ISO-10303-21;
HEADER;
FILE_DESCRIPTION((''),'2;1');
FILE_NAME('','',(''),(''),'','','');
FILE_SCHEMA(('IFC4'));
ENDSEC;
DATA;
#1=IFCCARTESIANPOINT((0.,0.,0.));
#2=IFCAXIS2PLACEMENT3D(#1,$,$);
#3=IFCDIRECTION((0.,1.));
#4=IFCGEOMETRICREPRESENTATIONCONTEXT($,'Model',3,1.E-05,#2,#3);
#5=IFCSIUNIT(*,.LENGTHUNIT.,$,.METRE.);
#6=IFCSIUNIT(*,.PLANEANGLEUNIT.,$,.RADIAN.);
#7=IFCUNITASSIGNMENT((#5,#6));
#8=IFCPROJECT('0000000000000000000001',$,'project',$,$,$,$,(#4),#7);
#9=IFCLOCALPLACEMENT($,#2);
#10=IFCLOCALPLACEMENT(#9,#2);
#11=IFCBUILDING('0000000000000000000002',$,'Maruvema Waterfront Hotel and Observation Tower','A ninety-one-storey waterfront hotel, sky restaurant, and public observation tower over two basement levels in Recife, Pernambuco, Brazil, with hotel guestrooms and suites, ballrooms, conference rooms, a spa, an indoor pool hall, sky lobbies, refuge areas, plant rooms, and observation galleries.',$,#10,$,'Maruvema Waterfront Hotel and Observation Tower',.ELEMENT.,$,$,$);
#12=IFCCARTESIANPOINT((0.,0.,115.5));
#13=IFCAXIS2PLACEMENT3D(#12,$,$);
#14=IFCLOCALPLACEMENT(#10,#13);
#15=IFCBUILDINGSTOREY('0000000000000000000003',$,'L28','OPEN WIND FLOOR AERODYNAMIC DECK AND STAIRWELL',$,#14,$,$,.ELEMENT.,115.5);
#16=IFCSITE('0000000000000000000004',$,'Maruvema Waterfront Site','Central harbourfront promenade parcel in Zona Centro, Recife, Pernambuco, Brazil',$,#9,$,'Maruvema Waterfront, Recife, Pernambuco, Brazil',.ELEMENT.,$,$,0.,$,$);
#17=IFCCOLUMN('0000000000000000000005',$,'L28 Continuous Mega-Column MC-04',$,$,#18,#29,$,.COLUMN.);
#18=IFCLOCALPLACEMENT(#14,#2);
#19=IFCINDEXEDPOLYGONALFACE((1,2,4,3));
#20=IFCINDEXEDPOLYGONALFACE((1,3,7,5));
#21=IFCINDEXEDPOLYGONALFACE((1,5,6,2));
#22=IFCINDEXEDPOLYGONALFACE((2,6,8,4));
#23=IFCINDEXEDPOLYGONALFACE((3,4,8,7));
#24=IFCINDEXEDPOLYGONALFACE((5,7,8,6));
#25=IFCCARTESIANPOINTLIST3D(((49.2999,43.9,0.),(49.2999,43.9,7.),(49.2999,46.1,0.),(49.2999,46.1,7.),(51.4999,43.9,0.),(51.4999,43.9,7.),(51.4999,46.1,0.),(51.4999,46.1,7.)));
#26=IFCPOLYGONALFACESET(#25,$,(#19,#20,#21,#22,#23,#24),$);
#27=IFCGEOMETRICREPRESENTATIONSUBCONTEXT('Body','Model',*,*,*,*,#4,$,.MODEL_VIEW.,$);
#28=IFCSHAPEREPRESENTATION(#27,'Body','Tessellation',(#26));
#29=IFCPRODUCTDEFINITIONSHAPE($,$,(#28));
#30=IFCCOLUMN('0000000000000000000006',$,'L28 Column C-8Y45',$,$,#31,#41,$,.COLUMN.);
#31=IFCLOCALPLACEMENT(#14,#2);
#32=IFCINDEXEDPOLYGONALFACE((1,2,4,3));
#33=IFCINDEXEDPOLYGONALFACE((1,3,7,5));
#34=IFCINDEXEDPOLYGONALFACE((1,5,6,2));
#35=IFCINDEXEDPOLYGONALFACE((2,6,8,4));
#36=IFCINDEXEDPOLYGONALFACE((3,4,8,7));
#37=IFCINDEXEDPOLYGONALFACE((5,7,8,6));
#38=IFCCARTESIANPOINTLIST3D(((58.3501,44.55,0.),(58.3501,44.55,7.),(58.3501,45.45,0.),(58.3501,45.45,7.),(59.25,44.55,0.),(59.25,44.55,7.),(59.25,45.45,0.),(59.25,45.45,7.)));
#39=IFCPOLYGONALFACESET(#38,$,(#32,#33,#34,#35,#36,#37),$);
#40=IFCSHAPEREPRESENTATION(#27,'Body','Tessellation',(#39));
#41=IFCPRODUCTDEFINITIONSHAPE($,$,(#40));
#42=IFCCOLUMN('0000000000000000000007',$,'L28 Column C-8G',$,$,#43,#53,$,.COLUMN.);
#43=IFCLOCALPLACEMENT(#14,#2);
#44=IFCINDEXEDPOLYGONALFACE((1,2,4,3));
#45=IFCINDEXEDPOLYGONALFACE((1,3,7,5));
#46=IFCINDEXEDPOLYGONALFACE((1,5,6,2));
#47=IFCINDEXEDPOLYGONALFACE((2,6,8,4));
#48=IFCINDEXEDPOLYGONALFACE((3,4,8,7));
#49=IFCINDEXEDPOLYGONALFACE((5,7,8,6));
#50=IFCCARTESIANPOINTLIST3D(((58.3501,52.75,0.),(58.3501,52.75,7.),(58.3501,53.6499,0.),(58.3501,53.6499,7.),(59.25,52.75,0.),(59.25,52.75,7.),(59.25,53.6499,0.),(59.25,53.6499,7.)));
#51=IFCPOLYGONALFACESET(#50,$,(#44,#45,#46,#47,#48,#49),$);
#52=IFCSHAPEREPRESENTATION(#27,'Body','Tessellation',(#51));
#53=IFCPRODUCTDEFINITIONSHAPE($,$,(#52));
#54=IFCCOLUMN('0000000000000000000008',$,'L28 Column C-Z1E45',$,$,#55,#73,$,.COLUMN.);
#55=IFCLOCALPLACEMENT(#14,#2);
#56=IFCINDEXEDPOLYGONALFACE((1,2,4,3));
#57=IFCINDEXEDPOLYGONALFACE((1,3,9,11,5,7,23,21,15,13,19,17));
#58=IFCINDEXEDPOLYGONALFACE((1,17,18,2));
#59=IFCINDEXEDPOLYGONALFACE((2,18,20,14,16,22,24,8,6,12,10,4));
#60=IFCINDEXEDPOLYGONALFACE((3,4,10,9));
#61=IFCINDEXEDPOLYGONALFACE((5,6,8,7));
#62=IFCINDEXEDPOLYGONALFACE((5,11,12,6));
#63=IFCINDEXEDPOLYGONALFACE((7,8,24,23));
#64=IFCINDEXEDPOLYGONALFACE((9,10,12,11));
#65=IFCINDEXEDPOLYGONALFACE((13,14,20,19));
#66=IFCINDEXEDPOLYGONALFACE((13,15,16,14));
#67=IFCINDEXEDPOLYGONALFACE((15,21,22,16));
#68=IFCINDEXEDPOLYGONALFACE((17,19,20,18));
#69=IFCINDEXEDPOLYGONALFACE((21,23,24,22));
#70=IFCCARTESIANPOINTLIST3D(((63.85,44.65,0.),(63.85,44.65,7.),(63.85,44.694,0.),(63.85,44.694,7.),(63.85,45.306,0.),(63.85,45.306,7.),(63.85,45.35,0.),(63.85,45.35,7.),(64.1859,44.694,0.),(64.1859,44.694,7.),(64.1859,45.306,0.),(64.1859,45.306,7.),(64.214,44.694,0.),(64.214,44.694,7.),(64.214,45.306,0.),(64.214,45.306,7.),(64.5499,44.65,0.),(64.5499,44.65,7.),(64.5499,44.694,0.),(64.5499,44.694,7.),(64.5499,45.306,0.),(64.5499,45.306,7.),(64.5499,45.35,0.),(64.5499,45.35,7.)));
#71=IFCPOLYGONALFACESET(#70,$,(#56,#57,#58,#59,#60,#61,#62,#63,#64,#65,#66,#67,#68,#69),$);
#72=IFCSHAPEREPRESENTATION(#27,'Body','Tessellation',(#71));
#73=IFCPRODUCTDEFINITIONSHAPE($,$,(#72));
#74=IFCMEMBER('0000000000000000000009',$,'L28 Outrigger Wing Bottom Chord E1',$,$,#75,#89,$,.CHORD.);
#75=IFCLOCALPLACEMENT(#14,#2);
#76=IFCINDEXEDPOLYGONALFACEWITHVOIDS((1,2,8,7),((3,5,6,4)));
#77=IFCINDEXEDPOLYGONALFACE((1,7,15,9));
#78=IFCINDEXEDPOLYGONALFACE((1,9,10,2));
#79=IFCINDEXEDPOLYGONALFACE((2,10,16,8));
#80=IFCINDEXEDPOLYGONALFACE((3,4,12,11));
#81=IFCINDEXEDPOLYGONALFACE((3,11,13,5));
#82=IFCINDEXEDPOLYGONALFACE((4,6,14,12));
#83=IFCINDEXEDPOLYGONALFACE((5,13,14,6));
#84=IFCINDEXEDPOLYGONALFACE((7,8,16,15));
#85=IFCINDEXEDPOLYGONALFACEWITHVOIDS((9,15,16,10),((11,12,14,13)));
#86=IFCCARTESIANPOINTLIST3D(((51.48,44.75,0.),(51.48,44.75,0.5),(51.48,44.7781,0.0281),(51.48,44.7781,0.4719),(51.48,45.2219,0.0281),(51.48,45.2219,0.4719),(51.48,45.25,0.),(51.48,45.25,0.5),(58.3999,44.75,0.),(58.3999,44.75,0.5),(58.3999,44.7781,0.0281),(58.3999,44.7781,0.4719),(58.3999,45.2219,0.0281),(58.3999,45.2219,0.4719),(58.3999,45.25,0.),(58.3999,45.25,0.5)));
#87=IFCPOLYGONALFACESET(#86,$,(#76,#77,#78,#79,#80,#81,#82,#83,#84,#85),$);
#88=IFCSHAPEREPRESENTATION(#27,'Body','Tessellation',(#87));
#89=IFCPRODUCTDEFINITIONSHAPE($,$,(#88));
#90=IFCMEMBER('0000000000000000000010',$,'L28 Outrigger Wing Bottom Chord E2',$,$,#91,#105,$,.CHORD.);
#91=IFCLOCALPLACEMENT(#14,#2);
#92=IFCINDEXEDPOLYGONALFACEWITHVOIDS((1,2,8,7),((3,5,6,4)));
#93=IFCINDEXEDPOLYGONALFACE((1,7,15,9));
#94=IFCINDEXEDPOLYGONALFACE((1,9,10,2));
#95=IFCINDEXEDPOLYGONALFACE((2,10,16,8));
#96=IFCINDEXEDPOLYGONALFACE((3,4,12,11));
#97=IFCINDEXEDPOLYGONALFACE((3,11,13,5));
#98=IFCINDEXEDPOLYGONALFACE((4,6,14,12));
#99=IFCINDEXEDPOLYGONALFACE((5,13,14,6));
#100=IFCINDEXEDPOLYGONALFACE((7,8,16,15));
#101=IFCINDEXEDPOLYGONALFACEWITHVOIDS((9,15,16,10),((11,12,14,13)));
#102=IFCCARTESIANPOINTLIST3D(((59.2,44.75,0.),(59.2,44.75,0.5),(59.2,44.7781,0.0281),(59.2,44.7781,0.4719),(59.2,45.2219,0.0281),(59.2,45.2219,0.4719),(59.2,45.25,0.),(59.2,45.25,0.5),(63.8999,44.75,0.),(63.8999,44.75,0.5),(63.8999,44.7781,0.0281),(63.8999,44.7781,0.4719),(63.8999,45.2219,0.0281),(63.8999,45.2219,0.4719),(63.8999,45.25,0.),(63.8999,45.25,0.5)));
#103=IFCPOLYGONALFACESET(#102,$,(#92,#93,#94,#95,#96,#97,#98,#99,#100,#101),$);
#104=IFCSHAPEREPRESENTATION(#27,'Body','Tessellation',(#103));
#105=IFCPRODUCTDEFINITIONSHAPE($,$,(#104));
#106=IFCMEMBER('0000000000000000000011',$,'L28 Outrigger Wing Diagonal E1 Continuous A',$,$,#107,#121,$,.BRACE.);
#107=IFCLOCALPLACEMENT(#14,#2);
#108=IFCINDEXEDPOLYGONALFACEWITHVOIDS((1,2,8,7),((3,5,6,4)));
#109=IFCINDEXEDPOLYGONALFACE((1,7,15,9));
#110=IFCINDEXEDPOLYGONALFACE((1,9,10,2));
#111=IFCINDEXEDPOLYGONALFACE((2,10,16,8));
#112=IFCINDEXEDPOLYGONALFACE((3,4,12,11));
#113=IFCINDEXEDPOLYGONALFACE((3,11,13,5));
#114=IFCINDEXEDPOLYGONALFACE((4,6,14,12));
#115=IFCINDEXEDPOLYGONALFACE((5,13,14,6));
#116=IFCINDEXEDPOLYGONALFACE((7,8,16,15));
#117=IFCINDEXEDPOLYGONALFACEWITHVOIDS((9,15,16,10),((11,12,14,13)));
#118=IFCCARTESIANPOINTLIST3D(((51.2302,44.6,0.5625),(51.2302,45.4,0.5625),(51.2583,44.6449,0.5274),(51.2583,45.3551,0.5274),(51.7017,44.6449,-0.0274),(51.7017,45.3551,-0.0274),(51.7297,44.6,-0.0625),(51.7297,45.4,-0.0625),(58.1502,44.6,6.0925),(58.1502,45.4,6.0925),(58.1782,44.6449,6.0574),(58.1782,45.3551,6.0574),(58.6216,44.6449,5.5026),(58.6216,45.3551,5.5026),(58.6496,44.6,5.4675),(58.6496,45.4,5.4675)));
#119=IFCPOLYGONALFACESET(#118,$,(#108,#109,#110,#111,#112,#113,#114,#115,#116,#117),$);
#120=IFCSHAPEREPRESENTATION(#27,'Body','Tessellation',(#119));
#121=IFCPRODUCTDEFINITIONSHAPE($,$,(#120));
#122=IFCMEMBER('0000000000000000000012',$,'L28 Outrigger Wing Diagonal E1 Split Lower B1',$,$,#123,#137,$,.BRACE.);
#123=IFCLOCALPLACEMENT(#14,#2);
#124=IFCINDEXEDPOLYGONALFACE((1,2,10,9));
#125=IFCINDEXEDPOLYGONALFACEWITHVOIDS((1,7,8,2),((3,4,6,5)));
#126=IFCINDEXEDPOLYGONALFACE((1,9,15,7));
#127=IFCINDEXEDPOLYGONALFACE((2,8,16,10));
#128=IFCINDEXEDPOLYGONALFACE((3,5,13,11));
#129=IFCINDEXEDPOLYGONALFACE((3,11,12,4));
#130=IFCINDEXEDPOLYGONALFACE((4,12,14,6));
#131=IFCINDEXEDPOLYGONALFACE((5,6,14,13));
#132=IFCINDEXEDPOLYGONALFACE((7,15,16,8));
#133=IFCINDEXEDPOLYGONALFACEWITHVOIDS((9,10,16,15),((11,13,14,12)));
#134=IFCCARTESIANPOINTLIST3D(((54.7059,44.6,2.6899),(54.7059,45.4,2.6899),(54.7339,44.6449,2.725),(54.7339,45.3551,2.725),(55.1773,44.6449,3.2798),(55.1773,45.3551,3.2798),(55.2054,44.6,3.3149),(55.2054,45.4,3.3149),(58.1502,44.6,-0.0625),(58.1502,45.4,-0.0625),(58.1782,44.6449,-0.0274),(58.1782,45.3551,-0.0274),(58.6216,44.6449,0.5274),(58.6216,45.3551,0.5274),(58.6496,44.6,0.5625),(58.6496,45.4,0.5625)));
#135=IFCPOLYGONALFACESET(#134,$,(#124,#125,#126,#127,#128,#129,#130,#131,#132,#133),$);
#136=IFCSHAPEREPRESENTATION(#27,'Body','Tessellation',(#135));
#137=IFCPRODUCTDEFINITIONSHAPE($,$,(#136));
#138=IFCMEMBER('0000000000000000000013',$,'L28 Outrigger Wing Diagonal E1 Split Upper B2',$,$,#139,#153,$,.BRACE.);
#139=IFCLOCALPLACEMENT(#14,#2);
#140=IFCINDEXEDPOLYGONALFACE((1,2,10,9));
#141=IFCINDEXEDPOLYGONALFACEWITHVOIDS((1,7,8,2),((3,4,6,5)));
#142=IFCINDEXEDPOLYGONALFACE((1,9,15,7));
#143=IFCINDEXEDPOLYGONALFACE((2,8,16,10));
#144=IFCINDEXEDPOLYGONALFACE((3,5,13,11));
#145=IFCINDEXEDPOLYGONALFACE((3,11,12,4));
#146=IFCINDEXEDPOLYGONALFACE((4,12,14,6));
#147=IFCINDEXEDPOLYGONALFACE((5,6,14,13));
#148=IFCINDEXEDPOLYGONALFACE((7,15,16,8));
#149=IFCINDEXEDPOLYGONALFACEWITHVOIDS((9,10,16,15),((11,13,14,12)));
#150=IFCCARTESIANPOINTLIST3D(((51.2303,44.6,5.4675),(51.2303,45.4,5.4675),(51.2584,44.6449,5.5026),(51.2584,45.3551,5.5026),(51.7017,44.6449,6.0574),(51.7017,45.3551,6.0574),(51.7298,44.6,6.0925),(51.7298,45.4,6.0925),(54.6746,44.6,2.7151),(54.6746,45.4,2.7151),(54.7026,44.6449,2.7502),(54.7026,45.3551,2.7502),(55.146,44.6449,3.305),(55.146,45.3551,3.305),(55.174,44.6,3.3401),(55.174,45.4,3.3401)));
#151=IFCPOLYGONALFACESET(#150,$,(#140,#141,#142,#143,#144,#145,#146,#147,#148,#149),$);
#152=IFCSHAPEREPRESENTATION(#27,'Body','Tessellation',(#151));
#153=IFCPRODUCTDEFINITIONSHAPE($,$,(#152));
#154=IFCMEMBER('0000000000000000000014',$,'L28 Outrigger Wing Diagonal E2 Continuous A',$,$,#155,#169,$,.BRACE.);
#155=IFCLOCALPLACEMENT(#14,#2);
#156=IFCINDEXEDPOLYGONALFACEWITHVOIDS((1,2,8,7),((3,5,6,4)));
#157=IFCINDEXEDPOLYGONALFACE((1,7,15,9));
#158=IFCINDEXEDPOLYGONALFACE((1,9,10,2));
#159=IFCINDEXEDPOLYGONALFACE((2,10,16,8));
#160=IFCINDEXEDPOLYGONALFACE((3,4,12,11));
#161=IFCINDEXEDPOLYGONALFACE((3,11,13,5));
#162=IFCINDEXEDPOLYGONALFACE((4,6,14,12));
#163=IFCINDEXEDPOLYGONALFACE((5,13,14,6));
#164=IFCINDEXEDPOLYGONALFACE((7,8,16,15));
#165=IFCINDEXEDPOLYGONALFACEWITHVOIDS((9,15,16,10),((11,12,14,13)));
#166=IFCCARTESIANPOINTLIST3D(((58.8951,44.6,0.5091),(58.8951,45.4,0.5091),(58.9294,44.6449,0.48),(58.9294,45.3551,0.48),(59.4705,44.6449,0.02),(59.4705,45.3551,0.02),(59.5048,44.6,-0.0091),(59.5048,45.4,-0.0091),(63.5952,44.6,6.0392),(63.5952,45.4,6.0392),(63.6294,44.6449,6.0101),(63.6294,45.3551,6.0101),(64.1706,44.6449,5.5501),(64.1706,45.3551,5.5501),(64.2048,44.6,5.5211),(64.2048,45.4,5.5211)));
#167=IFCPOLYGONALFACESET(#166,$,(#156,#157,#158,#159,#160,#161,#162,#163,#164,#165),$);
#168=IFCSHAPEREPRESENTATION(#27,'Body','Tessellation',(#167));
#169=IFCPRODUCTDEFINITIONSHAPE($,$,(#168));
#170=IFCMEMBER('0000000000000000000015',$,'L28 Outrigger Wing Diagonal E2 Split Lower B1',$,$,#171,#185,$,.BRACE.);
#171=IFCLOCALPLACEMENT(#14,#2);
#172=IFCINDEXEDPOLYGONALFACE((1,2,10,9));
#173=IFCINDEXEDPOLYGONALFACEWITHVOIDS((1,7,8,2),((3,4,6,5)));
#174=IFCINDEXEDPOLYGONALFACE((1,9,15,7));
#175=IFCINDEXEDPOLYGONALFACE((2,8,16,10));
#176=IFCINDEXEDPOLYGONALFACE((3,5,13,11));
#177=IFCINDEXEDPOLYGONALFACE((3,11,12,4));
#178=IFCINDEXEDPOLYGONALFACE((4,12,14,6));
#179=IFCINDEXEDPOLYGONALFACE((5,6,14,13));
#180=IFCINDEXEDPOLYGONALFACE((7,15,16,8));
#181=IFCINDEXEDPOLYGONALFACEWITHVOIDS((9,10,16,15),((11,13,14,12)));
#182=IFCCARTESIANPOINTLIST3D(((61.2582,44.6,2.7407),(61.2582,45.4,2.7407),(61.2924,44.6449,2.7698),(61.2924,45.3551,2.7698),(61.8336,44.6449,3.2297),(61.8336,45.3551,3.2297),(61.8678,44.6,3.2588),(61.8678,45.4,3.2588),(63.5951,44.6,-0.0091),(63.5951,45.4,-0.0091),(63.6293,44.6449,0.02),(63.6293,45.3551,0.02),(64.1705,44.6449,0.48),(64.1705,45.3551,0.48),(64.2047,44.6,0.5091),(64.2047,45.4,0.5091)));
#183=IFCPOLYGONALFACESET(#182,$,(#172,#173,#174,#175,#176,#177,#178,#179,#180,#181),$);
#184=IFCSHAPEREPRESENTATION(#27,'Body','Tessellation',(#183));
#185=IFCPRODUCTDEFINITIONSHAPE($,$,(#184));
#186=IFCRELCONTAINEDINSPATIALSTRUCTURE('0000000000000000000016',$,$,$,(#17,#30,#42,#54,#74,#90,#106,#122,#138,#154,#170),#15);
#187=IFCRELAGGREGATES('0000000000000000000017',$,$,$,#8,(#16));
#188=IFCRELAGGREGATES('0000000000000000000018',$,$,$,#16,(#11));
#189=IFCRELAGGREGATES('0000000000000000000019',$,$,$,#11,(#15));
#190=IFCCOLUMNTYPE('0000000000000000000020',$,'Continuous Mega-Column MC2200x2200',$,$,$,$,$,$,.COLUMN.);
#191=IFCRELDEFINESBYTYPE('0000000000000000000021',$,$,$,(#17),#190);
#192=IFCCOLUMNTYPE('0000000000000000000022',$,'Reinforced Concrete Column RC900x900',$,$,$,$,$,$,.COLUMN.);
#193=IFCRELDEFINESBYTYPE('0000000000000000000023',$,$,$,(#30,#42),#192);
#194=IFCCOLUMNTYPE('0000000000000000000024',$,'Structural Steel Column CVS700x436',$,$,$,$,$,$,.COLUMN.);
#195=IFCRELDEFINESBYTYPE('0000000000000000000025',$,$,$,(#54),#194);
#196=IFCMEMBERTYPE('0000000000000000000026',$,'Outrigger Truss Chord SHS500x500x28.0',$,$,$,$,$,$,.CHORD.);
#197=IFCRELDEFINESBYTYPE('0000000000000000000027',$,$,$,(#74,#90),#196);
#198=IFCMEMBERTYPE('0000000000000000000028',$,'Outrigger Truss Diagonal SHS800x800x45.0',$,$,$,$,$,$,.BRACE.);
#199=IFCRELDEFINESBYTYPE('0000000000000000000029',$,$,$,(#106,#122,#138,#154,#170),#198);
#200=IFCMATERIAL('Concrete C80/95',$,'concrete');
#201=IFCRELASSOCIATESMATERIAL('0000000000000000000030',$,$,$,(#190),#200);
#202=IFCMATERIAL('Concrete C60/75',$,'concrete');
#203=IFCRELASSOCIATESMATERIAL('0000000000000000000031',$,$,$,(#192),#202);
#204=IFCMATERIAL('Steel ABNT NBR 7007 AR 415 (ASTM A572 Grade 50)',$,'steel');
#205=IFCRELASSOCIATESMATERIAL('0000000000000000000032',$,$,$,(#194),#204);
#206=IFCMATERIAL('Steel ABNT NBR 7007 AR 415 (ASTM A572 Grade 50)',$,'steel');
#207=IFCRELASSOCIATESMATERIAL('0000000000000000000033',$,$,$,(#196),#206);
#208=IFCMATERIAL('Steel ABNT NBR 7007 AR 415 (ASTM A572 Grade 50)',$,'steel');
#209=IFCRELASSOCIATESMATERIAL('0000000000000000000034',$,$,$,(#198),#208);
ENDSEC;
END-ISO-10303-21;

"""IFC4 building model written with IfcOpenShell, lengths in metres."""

from ifc_helpers import new_model, si_unit, direction, frame, origin, origin_2d, place, context, subcontext, project, spatial, rectangle, hollow_rectangle, i_section, extrude, material, material_profile, profile_set, type_object, element, save


model = new_model("IFC4")

# Units and contexts
model_context = context("Model", 3, precision=1e-05, world=origin(), true_north=direction((0.0, 1.0)))
body_context = subcontext(model_context, "Body", "Model", "MODEL_VIEW")
ifc_project = project(units=[si_unit("LENGTHUNIT", "METRE"), si_unit("PLANEANGLEUNIT", "RADIAN")], contexts=[model_context])

# Site, building, storey
site_placement = place(None, origin())
site = spatial("IfcSite", under=ifc_project, at=site_placement, Name="Maruvema Waterfront Site", Description="Central harbourfront promenade parcel in Zona Centro, Recife, Pernambuco, Brazil", LongName="Maruvema Waterfront, Recife, Pernambuco, Brazil", CompositionType="ELEMENT", RefElevation=0.0)
building_placement = place(site_placement, origin())
building = spatial("IfcBuilding", under=site, at=building_placement, Name="Maruvema Waterfront Hotel and Observation Tower", Description="A ninety-one-storey waterfront hotel, sky restaurant, and public observation tower over two basement levels in Recife, Pernambuco, Brazil, with hotel guestrooms and suites, ballrooms, conference rooms, a spa, an indoor pool hall, sky lobbies, refuge areas, plant rooms, and observation galleries.", LongName="Maruvema Waterfront Hotel and Observation Tower", CompositionType="ELEMENT")
storey_placement = place(building_placement, frame((0.0, 0.0, 115.5)))
storey = spatial("IfcBuildingStorey", under=building, at=storey_placement, Name="L28", Description="OPEN WIND FLOOR AERODYNAMIC DECK AND STAIRWELL", CompositionType="ELEMENT", Elevation=115.5)

# Columns
ifc_material_1 = material(Name="Concrete C80/95", Category="concrete")
ifc_material_profile_1 = material_profile(ifc_material_1, rectangle(XDim=2.2, YDim=2.2, at=origin_2d()), Name="MC2200x2200")
ifc_profile_set_1 = profile_set([ifc_material_profile_1], Name="Concrete C80/95")
column_type_1 = type_object("IfcColumnType", Name="Continuous Mega-Column MC2200x2200", PredefinedType="COLUMN", material=ifc_profile_set_1)
column_1_placement = place(storey_placement, frame((50.3999, 45.0, 0.0), z_axis=(0.0, 0.0, 1.0), x_axis=(1.0, 0.0, 0.0)))
element("IfcColumn", 1, at=column_1_placement, inside=storey, type_object=column_type_1, Name="L28 Continuous Mega-Column MC-04", PredefinedType="COLUMN", context=body_context, shape_type="SweptSolid", body=[
    extrude(rectangle(XDim=2.2, YDim=2.2, at=origin_2d()), origin(), (0.0, 0.0, 1.0), 7.0),
])
ifc_material_2 = material(Name="Concrete C60/75", Category="concrete")
ifc_material_profile_2 = material_profile(ifc_material_2, rectangle(XDim=0.8999, YDim=0.8999, at=origin_2d()), Name="RC900x900")
ifc_profile_set_2 = profile_set([ifc_material_profile_2], Name="Concrete C60/75")
column_type_2 = type_object("IfcColumnType", Name="Reinforced Concrete Column RC900x900", PredefinedType="COLUMN", material=ifc_profile_set_2)
for number, where, z_axis, x_axis, name in (
    (2, (58.8, 45.0, 0.0), (0.0, 0.0, 1.0), (1.0, 0.0, 0.0), "L28 Column C-8Y45"),
    (3, (58.8, 53.2, 0.0), (0.0, 0.0, 1.0), (1.0, 0.0, 0.0), "L28 Column C-8G"),
):
    element("IfcColumn", number, at=place(storey_placement, frame(where, z_axis=z_axis, x_axis=x_axis)), inside=storey, type_object=column_type_2, Name=name, PredefinedType="COLUMN", context=body_context, shape_type="SweptSolid", body=[
        extrude(rectangle(XDim=0.8999, YDim=0.8999, at=origin_2d()), origin(), (0.0, 0.0, 1.0), 7.0),
    ])
ifc_material_3 = material(Name="Steel ABNT NBR 7007 AR 415 (ASTM A572 Grade 50)", Category="steel")
ifc_material_profile_3 = material_profile(ifc_material_3, i_section(OverallWidth=0.7, OverallDepth=0.7, WebThickness=0.0281, FlangeThickness=0.0439, at=origin_2d()), Name="CVS700x436")
ifc_profile_set_3 = profile_set([ifc_material_profile_3], Name="Steel ABNT NBR 7007 AR 415 (ASTM A572 Grade 50)")
column_type_3 = type_object("IfcColumnType", Name="Structural Steel Column CVS700x436", PredefinedType="COLUMN", material=ifc_profile_set_3)
column_2_placement = place(storey_placement, frame((64.2, 45.0, 0.0), z_axis=(0.0, 0.0, 1.0), x_axis=(1.0, 0.0, 0.0)))
element("IfcColumn", 4, at=column_2_placement, inside=storey, type_object=column_type_3, Name="L28 Column C-Z1E45", PredefinedType="COLUMN", context=body_context, shape_type="SweptSolid", body=[
    extrude(i_section(OverallWidth=0.7, OverallDepth=0.7, WebThickness=0.0281, FlangeThickness=0.0439, at=origin_2d()), origin(), (0.0, 0.0, 1.0), 7.0),
])

# Members
ifc_material_4 = material(Name="Steel ABNT NBR 7007 AR 415 (ASTM A572 Grade 50)", Category="steel")
ifc_material_profile_4 = material_profile(ifc_material_4, hollow_rectangle(XDim=0.5, YDim=0.5, WallThickness=0.0281, at=origin_2d()), Name="SHS500x500x28.0")
ifc_profile_set_4 = profile_set([ifc_material_profile_4], Name="Steel ABNT NBR 7007 AR 415 (ASTM A572 Grade 50)")
member_type_1 = type_object("IfcMemberType", Name="Outrigger Truss Chord SHS500x500x28.0", PredefinedType="CHORD", material=ifc_profile_set_4)
member_1_placement = place(storey_placement, frame((51.48, 45.0, 0.25), z_axis=(1.0, 0.0, 0.0), x_axis=(0.0, 1.0, 0.0)))
element("IfcMember", 5, at=member_1_placement, inside=storey, type_object=member_type_1, Name="L28 Outrigger Wing Bottom Chord E1", PredefinedType="CHORD", context=body_context, shape_type="SweptSolid", body=[
    extrude(hollow_rectangle(XDim=0.5, YDim=0.5, WallThickness=0.0281, at=origin_2d()), origin(), (0.0, 0.0, 1.0), 6.9199),
])
member_2_placement = place(storey_placement, frame((59.2, 45.0, 0.25), z_axis=(1.0, 0.0, 0.0), x_axis=(0.0, 1.0, 0.0)))
element("IfcMember", 6, at=member_2_placement, inside=storey, type_object=member_type_1, Name="L28 Outrigger Wing Bottom Chord E2", PredefinedType="CHORD", context=body_context, shape_type="SweptSolid", body=[
    extrude(hollow_rectangle(XDim=0.5, YDim=0.5, WallThickness=0.0281, at=origin_2d()), origin(), (0.0, 0.0, 1.0), 4.7),
])
ifc_material_5 = material(Name="Steel ABNT NBR 7007 AR 415 (ASTM A572 Grade 50)", Category="steel")
ifc_material_profile_5 = material_profile(ifc_material_5, hollow_rectangle(XDim=0.8, YDim=0.8, WallThickness=0.0449, at=origin_2d()), Name="SHS800x800x45.0")
ifc_profile_set_5 = profile_set([ifc_material_profile_5], Name="Steel ABNT NBR 7007 AR 415 (ASTM A572 Grade 50)")
member_type_2 = type_object("IfcMemberType", Name="Outrigger Truss Diagonal SHS800x800x45.0", PredefinedType="BRACE", material=ifc_profile_set_5)
member_3_placement = place(storey_placement, frame((51.48, 45.0, 0.25), z_axis=(0.781194, 0.0, 0.624288), x_axis=(0.0, 1.0, 0.0)))
element("IfcMember", 7, at=member_3_placement, inside=storey, type_object=member_type_2, Name="L28 Outrigger Wing Diagonal E1 Continuous A", PredefinedType="BRACE", context=body_context, shape_type="SweptSolid", body=[
    extrude(hollow_rectangle(XDim=0.8, YDim=0.8, WallThickness=0.0449, at=origin_2d()), origin(), (0.0, 0.0, 1.0), 8.8582),
])
for number, where, z_axis, x_axis, name in (
    (8, (58.3999, 45.0, 0.25), (-0.781204, 0.0, 0.624276), (0.0, -1.0, 0.0), "L28 Outrigger Wing Diagonal E1 Split Lower B1"),
    (9, (54.9243, 45.0, 3.0276), (-0.781204, 0.0, 0.624276), (0.0, -1.0, 0.0), "L28 Outrigger Wing Diagonal E1 Split Upper B2"),
):
    element("IfcMember", number, at=place(storey_placement, frame(where, z_axis=z_axis, x_axis=x_axis)), inside=storey, type_object=member_type_2, Name=name, PredefinedType="BRACE", context=body_context, shape_type="SweptSolid", body=[
        extrude(hollow_rectangle(XDim=0.8, YDim=0.8, WallThickness=0.0449, at=origin_2d()), origin(), (0.0, 0.0, 1.0), 4.4089),
    ])
member_4_placement = place(storey_placement, frame((59.2, 45.0, 0.25), z_axis=(0.647603, 0.0, 0.761978), x_axis=(0.0, 1.0, 0.0)))
element("IfcMember", 10, at=member_4_placement, inside=storey, type_object=member_type_2, Name="L28 Outrigger Wing Diagonal E2 Continuous A", PredefinedType="BRACE", context=body_context, shape_type="SweptSolid", body=[
    extrude(hollow_rectangle(XDim=0.8, YDim=0.8, WallThickness=0.0449, at=origin_2d()), origin(), (0.0, 0.0, 1.0), 7.2576),
])
member_5_placement = place(storey_placement, frame((63.8999, 45.0, 0.25), z_axis=(-0.647588, 0.0, 0.761991), x_axis=(0.0, -1.0, 0.0)))
element("IfcMember", 11, at=member_5_placement, inside=storey, type_object=member_type_2, Name="L28 Outrigger Wing Diagonal E2 Split Lower B1", PredefinedType="BRACE", context=body_context, shape_type="SweptSolid", body=[
    extrude(hollow_rectangle(XDim=0.8, YDim=0.8, WallThickness=0.0449, at=origin_2d()), origin(), (0.0, 0.0, 1.0), 3.6086),
])

save(model, "model.ifc")
